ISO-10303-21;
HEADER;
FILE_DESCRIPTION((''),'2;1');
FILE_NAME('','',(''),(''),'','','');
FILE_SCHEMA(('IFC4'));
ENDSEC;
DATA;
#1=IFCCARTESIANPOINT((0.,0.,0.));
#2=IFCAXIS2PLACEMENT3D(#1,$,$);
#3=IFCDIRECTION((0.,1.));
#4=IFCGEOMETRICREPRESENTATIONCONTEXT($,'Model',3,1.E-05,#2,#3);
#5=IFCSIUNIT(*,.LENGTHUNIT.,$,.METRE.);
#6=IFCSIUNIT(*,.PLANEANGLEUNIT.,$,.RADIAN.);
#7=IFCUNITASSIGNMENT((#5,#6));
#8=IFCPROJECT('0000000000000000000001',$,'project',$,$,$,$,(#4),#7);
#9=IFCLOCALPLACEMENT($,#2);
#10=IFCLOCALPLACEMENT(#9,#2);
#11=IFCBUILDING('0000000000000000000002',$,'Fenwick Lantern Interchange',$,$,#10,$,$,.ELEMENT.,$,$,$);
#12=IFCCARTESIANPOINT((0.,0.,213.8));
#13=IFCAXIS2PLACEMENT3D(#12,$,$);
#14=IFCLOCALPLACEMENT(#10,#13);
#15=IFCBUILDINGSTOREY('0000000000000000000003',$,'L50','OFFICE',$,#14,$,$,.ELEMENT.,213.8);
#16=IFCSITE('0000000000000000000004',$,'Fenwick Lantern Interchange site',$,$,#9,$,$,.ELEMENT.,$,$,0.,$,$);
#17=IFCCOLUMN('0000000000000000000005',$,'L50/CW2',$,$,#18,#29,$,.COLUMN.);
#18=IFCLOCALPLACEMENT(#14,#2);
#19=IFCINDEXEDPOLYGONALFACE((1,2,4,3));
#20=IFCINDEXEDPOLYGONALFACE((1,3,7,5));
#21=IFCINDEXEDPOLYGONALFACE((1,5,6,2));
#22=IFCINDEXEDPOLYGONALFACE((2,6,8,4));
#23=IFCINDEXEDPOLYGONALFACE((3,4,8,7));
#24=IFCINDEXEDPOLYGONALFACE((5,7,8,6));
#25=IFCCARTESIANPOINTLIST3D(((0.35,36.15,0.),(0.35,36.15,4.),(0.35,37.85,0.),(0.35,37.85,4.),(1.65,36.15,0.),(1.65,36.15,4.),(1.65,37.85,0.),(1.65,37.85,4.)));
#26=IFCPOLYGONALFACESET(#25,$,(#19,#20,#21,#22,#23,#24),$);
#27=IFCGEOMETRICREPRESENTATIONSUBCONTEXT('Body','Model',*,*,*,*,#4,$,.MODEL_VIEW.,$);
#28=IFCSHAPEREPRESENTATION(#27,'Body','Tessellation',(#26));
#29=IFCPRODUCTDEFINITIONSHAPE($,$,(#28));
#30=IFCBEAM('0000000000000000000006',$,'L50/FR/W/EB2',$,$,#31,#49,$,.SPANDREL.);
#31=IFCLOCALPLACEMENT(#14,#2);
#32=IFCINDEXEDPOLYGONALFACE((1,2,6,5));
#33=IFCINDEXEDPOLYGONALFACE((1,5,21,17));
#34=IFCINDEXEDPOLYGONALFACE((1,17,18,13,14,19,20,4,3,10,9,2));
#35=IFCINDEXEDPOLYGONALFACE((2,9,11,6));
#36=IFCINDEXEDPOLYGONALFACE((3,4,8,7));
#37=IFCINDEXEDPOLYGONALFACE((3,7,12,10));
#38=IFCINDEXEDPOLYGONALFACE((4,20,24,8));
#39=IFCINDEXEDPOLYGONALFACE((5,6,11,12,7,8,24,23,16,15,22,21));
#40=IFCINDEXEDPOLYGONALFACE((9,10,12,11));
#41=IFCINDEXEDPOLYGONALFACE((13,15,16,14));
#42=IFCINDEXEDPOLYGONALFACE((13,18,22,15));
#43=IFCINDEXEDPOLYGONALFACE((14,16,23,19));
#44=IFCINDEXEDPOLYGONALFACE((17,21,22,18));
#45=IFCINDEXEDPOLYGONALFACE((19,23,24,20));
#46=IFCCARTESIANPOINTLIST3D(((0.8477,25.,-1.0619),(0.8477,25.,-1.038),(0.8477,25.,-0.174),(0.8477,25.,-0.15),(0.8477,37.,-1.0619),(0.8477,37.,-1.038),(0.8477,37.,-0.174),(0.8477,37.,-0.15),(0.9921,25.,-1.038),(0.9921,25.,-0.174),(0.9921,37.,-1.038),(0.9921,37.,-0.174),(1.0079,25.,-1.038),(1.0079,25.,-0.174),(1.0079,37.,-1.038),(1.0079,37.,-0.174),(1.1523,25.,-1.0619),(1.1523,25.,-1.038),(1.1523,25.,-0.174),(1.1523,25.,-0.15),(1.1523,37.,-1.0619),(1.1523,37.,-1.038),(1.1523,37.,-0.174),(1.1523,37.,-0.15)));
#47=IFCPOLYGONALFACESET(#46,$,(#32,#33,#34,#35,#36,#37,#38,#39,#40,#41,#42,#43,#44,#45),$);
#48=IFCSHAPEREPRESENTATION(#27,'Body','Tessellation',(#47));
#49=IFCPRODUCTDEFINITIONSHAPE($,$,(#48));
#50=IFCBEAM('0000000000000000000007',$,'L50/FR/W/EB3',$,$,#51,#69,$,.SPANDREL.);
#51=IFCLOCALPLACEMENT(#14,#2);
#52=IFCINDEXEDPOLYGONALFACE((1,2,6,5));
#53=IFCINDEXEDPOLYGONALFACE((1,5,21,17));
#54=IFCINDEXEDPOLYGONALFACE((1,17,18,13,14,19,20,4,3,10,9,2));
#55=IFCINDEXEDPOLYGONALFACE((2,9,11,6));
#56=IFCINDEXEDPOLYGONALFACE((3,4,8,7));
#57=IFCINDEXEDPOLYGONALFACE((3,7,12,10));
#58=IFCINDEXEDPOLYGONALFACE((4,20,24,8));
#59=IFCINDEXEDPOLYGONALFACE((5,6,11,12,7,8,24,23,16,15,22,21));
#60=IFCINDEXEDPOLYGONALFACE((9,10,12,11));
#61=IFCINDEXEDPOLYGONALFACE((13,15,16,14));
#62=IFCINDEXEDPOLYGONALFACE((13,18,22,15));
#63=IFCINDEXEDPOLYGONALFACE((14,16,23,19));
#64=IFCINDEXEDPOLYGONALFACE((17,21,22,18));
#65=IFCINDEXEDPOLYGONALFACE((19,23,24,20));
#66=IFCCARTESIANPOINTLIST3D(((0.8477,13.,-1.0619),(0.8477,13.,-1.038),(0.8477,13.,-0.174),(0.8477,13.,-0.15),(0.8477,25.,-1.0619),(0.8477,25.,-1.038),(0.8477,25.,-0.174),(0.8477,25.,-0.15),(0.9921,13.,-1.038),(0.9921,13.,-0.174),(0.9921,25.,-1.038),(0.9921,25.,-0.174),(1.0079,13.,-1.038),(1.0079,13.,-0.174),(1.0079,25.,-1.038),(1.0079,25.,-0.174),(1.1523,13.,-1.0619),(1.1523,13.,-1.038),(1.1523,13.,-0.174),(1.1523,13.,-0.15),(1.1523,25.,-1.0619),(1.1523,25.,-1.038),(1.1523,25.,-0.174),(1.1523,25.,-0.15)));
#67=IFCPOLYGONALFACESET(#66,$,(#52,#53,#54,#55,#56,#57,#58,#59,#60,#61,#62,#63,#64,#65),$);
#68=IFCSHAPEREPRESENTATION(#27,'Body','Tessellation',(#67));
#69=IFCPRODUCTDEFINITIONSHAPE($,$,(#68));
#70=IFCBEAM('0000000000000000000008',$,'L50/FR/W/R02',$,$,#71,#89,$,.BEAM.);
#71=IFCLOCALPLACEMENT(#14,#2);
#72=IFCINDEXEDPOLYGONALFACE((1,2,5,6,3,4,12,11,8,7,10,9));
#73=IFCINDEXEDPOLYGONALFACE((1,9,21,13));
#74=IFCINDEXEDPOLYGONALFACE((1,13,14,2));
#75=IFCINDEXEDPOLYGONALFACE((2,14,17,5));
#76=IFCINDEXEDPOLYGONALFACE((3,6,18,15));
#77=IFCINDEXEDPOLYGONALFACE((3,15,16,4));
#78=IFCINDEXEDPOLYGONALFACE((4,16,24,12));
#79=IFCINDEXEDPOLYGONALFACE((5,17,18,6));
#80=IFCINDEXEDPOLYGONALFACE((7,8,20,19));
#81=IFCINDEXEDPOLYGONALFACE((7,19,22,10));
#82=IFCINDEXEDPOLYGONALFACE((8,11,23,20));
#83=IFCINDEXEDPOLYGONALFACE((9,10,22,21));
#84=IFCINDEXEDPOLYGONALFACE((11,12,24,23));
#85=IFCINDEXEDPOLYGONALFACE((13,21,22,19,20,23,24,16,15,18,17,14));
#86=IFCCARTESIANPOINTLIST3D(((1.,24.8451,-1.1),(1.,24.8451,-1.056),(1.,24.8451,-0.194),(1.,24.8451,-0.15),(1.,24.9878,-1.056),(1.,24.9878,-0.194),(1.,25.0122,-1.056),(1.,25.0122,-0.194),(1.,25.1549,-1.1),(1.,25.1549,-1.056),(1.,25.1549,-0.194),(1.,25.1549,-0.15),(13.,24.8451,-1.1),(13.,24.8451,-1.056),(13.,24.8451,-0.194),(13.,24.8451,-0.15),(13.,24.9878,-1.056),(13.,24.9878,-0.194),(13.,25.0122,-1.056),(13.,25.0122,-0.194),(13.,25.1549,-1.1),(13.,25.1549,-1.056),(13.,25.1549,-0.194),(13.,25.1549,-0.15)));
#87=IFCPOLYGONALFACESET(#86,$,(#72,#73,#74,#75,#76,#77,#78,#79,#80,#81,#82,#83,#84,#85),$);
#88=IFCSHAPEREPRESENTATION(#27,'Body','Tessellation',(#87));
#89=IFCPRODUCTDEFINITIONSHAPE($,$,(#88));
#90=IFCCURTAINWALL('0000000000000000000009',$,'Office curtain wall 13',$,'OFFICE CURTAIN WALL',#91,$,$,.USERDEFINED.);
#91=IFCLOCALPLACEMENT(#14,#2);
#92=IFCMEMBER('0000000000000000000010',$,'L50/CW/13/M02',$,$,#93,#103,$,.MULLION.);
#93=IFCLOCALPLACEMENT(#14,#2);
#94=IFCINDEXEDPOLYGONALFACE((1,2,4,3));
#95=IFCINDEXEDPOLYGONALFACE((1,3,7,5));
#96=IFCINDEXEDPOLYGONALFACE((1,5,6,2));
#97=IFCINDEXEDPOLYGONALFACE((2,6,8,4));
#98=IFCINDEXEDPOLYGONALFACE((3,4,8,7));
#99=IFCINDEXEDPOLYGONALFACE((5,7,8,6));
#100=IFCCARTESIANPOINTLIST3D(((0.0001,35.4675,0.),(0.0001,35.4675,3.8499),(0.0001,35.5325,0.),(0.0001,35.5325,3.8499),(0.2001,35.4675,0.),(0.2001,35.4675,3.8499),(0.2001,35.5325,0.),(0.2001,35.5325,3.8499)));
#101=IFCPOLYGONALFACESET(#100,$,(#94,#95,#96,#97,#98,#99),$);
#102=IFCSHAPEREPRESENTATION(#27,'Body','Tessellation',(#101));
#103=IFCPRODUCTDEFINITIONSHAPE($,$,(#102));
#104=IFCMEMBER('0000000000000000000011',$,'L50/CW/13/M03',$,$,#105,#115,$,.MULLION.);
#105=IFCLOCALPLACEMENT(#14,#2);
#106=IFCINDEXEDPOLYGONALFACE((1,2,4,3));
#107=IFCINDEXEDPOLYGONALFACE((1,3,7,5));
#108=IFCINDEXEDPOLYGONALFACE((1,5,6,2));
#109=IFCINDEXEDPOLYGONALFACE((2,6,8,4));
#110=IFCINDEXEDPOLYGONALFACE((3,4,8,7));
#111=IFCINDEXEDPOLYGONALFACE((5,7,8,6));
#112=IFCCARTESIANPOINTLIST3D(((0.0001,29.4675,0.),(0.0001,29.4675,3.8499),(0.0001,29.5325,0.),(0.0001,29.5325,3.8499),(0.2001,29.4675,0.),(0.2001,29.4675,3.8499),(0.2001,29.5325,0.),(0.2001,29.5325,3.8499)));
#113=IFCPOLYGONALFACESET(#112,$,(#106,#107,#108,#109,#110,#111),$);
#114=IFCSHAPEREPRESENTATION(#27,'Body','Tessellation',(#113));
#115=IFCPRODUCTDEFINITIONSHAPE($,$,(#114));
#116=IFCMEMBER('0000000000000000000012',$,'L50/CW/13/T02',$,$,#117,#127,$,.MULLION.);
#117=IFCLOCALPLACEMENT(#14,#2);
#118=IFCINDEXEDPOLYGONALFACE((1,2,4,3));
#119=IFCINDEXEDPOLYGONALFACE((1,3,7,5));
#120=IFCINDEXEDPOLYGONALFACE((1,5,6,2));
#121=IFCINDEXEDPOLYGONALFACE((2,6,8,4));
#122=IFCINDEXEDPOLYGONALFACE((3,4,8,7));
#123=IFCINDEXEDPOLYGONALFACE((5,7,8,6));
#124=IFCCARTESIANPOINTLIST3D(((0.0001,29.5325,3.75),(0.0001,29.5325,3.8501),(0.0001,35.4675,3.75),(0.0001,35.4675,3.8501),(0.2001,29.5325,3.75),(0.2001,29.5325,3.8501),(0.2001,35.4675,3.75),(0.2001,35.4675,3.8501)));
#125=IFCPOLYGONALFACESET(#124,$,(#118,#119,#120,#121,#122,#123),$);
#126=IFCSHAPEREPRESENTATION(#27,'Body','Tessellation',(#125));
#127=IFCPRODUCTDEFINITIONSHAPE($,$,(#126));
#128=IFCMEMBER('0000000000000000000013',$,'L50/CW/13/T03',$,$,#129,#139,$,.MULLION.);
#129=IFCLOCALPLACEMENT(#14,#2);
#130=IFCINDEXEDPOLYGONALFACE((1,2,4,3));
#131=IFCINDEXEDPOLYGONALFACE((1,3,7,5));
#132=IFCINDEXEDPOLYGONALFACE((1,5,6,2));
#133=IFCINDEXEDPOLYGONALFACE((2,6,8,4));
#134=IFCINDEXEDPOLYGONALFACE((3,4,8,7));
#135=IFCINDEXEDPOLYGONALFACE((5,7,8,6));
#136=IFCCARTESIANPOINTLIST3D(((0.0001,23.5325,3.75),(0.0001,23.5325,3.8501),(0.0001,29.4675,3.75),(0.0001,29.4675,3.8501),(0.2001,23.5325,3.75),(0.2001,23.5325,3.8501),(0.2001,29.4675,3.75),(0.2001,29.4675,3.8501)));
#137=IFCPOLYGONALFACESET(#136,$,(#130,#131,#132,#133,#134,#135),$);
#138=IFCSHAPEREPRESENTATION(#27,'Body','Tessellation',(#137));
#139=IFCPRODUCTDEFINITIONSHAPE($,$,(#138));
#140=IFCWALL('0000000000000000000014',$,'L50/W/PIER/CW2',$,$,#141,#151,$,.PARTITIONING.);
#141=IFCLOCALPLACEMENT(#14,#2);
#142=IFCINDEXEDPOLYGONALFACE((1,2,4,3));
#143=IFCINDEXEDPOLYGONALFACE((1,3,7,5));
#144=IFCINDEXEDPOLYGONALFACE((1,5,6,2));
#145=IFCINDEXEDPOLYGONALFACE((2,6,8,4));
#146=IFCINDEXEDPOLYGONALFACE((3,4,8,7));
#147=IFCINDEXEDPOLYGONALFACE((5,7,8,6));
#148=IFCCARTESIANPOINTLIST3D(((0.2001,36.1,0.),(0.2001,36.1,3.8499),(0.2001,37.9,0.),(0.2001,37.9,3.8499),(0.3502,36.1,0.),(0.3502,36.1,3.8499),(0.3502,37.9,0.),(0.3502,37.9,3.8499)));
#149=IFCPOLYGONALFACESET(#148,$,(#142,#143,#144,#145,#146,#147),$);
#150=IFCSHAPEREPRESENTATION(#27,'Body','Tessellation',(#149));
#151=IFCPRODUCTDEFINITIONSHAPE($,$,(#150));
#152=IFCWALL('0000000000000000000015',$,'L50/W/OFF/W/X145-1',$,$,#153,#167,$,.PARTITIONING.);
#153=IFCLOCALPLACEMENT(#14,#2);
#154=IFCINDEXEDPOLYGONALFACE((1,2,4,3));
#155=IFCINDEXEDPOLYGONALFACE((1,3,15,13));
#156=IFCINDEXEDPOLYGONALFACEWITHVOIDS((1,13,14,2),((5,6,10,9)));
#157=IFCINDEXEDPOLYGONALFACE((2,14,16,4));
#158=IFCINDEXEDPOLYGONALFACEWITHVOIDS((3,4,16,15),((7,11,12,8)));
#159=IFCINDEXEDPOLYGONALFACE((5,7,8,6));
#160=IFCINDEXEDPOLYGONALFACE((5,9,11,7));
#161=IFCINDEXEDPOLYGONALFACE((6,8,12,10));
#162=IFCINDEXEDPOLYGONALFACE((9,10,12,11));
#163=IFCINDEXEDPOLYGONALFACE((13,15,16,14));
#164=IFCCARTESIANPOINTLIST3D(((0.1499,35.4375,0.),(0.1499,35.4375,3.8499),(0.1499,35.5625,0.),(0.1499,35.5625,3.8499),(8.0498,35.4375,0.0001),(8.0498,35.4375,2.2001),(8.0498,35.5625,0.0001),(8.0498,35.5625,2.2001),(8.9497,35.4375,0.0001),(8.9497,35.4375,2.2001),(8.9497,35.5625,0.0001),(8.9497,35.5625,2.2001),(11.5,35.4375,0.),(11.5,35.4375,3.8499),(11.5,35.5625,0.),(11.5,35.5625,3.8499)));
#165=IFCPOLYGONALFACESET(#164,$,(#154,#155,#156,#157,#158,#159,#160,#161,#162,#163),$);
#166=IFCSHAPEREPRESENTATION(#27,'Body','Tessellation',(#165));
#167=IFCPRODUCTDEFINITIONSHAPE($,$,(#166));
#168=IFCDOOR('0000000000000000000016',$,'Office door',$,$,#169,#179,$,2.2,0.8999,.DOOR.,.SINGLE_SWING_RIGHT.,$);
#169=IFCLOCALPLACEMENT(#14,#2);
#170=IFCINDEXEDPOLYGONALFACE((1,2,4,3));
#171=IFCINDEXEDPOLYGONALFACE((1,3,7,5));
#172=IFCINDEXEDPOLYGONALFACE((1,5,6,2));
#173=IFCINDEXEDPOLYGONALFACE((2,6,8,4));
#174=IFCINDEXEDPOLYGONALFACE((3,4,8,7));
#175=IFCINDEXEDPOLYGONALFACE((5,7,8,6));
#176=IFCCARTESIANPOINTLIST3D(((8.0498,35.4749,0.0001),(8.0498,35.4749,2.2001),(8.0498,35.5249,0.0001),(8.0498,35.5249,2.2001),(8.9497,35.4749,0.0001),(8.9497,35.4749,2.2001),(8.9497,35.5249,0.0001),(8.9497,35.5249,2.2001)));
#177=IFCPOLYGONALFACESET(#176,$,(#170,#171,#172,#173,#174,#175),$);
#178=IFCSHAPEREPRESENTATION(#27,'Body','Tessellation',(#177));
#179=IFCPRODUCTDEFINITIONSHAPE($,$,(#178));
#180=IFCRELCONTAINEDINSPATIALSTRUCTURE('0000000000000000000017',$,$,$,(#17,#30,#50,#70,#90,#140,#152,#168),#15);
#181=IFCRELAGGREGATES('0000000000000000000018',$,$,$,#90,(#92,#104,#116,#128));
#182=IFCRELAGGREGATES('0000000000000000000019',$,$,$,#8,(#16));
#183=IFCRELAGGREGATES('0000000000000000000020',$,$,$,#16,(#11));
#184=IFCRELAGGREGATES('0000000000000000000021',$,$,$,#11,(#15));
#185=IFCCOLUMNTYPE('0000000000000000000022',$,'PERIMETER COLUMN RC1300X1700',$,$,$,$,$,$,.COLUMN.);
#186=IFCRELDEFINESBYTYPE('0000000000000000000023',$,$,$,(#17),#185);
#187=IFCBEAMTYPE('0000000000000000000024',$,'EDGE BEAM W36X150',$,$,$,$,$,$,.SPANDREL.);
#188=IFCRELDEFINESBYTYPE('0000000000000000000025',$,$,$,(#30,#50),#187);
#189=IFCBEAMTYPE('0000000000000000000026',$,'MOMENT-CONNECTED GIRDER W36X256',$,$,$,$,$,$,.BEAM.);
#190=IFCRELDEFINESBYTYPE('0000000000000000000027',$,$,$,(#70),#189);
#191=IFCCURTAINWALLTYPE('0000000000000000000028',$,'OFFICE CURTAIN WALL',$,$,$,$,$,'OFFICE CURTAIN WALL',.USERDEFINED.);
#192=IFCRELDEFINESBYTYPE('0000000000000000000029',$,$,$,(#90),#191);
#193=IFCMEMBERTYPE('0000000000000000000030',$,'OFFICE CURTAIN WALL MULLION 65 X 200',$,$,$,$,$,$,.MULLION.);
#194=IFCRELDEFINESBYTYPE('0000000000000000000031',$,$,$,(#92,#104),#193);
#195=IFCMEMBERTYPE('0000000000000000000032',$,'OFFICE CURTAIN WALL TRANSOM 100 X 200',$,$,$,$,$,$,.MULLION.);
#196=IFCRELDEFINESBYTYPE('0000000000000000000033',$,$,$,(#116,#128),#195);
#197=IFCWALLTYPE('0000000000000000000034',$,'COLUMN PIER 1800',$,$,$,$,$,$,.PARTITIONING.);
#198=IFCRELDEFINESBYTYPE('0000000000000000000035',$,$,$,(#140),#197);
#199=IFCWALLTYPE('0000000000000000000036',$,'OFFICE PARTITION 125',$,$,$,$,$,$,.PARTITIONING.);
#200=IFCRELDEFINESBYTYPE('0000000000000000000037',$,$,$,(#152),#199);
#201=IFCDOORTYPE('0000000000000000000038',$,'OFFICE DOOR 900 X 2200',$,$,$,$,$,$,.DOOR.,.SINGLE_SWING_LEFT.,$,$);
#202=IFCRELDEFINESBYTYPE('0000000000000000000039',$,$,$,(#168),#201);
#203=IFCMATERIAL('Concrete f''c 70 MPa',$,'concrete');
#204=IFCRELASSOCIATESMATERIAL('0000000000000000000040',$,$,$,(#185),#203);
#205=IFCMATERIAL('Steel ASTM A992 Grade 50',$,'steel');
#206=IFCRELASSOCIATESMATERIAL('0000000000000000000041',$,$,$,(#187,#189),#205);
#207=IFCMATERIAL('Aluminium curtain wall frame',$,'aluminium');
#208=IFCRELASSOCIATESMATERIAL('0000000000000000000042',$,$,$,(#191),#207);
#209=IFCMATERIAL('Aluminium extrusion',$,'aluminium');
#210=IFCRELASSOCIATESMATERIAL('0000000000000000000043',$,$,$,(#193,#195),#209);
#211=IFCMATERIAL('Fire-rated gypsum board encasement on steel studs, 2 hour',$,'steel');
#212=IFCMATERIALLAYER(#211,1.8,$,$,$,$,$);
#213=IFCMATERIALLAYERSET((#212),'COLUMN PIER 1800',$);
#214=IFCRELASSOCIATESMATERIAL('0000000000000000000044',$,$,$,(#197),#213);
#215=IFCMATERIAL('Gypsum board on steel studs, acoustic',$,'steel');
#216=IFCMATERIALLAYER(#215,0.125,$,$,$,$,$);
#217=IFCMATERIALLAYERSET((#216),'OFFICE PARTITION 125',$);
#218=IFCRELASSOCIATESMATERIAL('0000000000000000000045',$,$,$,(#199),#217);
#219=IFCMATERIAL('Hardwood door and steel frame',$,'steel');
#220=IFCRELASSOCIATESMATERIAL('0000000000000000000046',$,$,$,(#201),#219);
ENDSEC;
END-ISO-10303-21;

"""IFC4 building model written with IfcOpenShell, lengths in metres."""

from ifc_helpers import new_model, si_unit, direction, frame, frame_2d, origin, origin_2d, place, context, subcontext, project, spatial, rectangle, i_section, extrude, material, layer, layer_set, material_profile, profile_set, type_object, element, fill, aggregate, save


model = new_model("IFC4")

# Units and contexts
model_context = context("Model", 3, precision=1e-05, world=origin(), true_north=direction((0.0, 1.0)))
body_context = subcontext(model_context, "Body", "Model", "MODEL_VIEW")
ifc_project = project(units=[si_unit("LENGTHUNIT", "METRE"), si_unit("PLANEANGLEUNIT", "RADIAN")], contexts=[model_context])

# Site, building, storey
site_placement = place(None, origin())
site = spatial("IfcSite", under=ifc_project, at=site_placement, Name="Fenwick Lantern Interchange site", CompositionType="ELEMENT", RefElevation=0.0)
building_placement = place(site_placement, origin())
building = spatial("IfcBuilding", under=site, at=building_placement, Name="Fenwick Lantern Interchange", CompositionType="ELEMENT")
storey_placement = place(building_placement, frame((0.0, 0.0, 213.8)))
storey = spatial("IfcBuildingStorey", under=building, at=storey_placement, Name="L50", Description="OFFICE", CompositionType="ELEMENT", Elevation=213.8)

# Column
ifc_material_1 = material(Name="Concrete f'c 70 MPa", Category="concrete")
ifc_material_profile_1 = material_profile(ifc_material_1, rectangle(XDim=1.3, YDim=1.7, at=origin_2d()), Name="RC1300X1700")
ifc_profile_set_1 = profile_set([ifc_material_profile_1], Name="Concrete f'c 70 MPa")
column_type = type_object("IfcColumnType", Name="PERIMETER COLUMN RC1300X1700", PredefinedType="COLUMN", material=ifc_profile_set_1)
column_placement = place(storey_placement, frame((1.0, 37.0, 0.0), z_axis=(0.0, 0.0, 1.0), x_axis=(1.0, 0.0, 0.0)))
element("IfcColumn", 1, at=column_placement, inside=storey, type_object=column_type, Name="L50/CW2", PredefinedType="COLUMN", context=body_context, shape_type="SweptSolid", body=[
    extrude(rectangle(XDim=1.3, YDim=1.7, at=origin_2d()), origin(), (0.0, 0.0, 1.0), 4.0),
])

# Beams
ifc_material_2 = material(Name="Steel ASTM A992 Grade 50", Category="steel")
ifc_material_profile_2 = material_profile(ifc_material_2, i_section(OverallWidth=0.3047, OverallDepth=0.9119, WebThickness=0.0159, FlangeThickness=0.0239, at=origin_2d()), Name="W36X150")
ifc_profile_set_2 = profile_set([ifc_material_profile_2], Name="Steel ASTM A992 Grade 50")
beam_type_1 = type_object("IfcBeamType", Name="EDGE BEAM W36X150", PredefinedType="SPANDREL", material=ifc_profile_set_2)
for number, where, z_axis, x_axis, name in (
    (2, (1.0, 37.0, -0.606), (0.0, -1.0, 0.0), (1.0, 0.0, 0.0), "L50/FR/W/EB2"),
    (3, (1.0, 25.0, -0.606), (0.0, -1.0, 0.0), (1.0, 0.0, 0.0), "L50/FR/W/EB3"),
):
    element("IfcBeam", number, at=place(storey_placement, frame(where, z_axis=z_axis, x_axis=x_axis)), inside=storey, type_object=beam_type_1, Name=name, PredefinedType="SPANDREL", context=body_context, shape_type="SweptSolid", body=[
        extrude(i_section(OverallWidth=0.3047, OverallDepth=0.9119, WebThickness=0.0159, FlangeThickness=0.0239, at=origin_2d()), origin(), (0.0, 0.0, 1.0), 12.0),
    ])
ifc_material_profile_3 = material_profile(ifc_material_2, i_section(OverallWidth=0.3098, OverallDepth=0.95, WebThickness=0.0244, FlangeThickness=0.0439, at=origin_2d()), Name="W36X256")
ifc_profile_set_3 = profile_set([ifc_material_profile_3], Name="Steel ASTM A992 Grade 50")
beam_type_2 = type_object("IfcBeamType", Name="MOMENT-CONNECTED GIRDER W36X256", PredefinedType="BEAM", material=ifc_profile_set_3)
beam_placement = place(storey_placement, frame((1.0, 25.0, -0.625), z_axis=(1.0, 0.0, 0.0), x_axis=(0.0, 1.0, 0.0)))
element("IfcBeam", 4, at=beam_placement, inside=storey, type_object=beam_type_2, Name="L50/FR/W/R02", PredefinedType="BEAM", context=body_context, shape_type="SweptSolid", body=[
    extrude(i_section(OverallWidth=0.3098, OverallDepth=0.95, WebThickness=0.0244, FlangeThickness=0.0439, at=origin_2d()), origin(), (0.0, 0.0, 1.0), 12.0),
])

# Curtain wall, members
ifc_material_3 = material(Name="Aluminium curtain wall frame", Category="aluminium")
curtain_wall_type = type_object("IfcCurtainWallType", Name="OFFICE CURTAIN WALL", ElementType="OFFICE CURTAIN WALL", PredefinedType="USERDEFINED", material=ifc_material_3)
curtain_wall_placement = place(storey_placement, origin())
curtain_wall = element("IfcCurtainWall", 5, at=curtain_wall_placement, inside=storey, type_object=curtain_wall_type, Name="Office curtain wall 13", ObjectType="OFFICE CURTAIN WALL", PredefinedType="USERDEFINED")
ifc_material_4 = material(Name="Aluminium extrusion", Category="aluminium")
ifc_material_profile_4 = material_profile(ifc_material_4, rectangle(XDim=0.2, YDim=0.0649, at=origin_2d()), Name="OFFICE CURTAIN WALL MULLION 65 X 200")
ifc_profile_set_4 = profile_set([ifc_material_profile_4], Name="Aluminium extrusion")
member_type_1 = type_object("IfcMemberType", Name="OFFICE CURTAIN WALL MULLION 65 X 200", PredefinedType="MULLION", material=ifc_profile_set_4)
member_1_placement = place(storey_placement, frame((0.1001, 35.5, 0.0), z_axis=(0.0, 0.0, 1.0), x_axis=(1.0, 0.0, 0.0)))
member_1 = element("IfcMember", 6, at=member_1_placement, type_object=member_type_1, Name="L50/CW/13/M02", PredefinedType="MULLION", context=body_context, shape_type="SweptSolid", body=[
    extrude(rectangle(XDim=0.2, YDim=0.0649, at=origin_2d()), origin(), (0.0, 0.0, 1.0), 3.8499),
])
member_2_placement = place(storey_placement, frame((0.1001, 29.5, 0.0), z_axis=(0.0, 0.0, 1.0), x_axis=(1.0, 0.0, 0.0)))
member_2 = element("IfcMember", 7, at=member_2_placement, type_object=member_type_1, Name="L50/CW/13/M03", PredefinedType="MULLION", context=body_context, shape_type="SweptSolid", body=[
    extrude(rectangle(XDim=0.2, YDim=0.0649, at=origin_2d()), origin(), (0.0, 0.0, 1.0), 3.8499),
])
ifc_material_profile_5 = material_profile(ifc_material_4, rectangle(XDim=0.2, YDim=0.1001, at=origin_2d()), Name="OFFICE CURTAIN WALL TRANSOM 100 X 200")
ifc_profile_set_5 = profile_set([ifc_material_profile_5], Name="Aluminium extrusion")
member_type_2 = type_object("IfcMemberType", Name="OFFICE CURTAIN WALL TRANSOM 100 X 200", PredefinedType="MULLION", material=ifc_profile_set_5)
member_3_placement = place(storey_placement, frame((0.1001, 35.4675, 3.8), z_axis=(0.0, -1.0, 0.0), x_axis=(1.0, 0.0, 0.0)))
member_3 = element("IfcMember", 8, at=member_3_placement, type_object=member_type_2, Name="L50/CW/13/T02", PredefinedType="MULLION", context=body_context, shape_type="SweptSolid", body=[
    extrude(rectangle(XDim=0.2, YDim=0.1001, at=origin_2d()), origin(), (0.0, 0.0, 1.0), 5.9351),
])
member_4_placement = place(storey_placement, frame((0.1001, 29.4675, 3.8), z_axis=(0.0, -1.0, 0.0), x_axis=(1.0, 0.0, 0.0)))
member_4 = element("IfcMember", 9, at=member_4_placement, type_object=member_type_2, Name="L50/CW/13/T03", PredefinedType="MULLION", context=body_context, shape_type="SweptSolid", body=[
    extrude(rectangle(XDim=0.2, YDim=0.1001, at=origin_2d()), origin(), (0.0, 0.0, 1.0), 5.9351),
])
aggregate(curtain_wall, [member_1, member_2, member_3, member_4])

# Wall
ifc_material_5 = material(Name="Fire-rated gypsum board encasement on steel studs, 2 hour", Category="steel")
ifc_layer_1 = layer(ifc_material_5, 1.8)
ifc_layer_set_1 = layer_set([ifc_layer_1], Name="COLUMN PIER 1800")
wall_type_1 = type_object("IfcWallType", Name="COLUMN PIER 1800", PredefinedType="PARTITIONING", material=ifc_layer_set_1)
wall_1_placement = place(storey_placement, frame((0.2, 37.0, 0.0), z_axis=(0.0, 0.0, 1.0), x_axis=(1.0, 0.0, 0.0)))
element("IfcWall", 10, at=wall_1_placement, inside=storey, type_object=wall_type_1, Name="L50/W/PIER/CW2", PredefinedType="PARTITIONING", context=body_context, shape_type="SweptSolid", body=[
    extrude(rectangle(XDim=0.1501, YDim=1.8, at=frame_2d((0.0752, 0.0))), origin(), (0.0, 0.0, 1.0), 3.8499),
])

# Shared definitions
ifc_material_6 = material(Name="Hardwood door and steel frame", Category="steel")

# Wall, opening, door
ifc_material_7 = material(Name="Gypsum board on steel studs, acoustic", Category="steel")
ifc_layer_2 = layer(ifc_material_7, 0.125)
ifc_layer_set_2 = layer_set([ifc_layer_2], Name="OFFICE PARTITION 125")
wall_type_2 = type_object("IfcWallType", Name="OFFICE PARTITION 125", PredefinedType="PARTITIONING", material=ifc_layer_set_2)
wall_2_placement = place(storey_placement, frame((0.1499, 35.5, 0.0), z_axis=(0.0, 0.0, 1.0), x_axis=(1.0, 0.0, 0.0)))
wall_2 = element("IfcWall", 11, at=wall_2_placement, inside=storey, type_object=wall_type_2, Name="L50/W/OFF/W/X145-1", PredefinedType="PARTITIONING", context=body_context, shape_type="SweptSolid", body=[
    extrude(rectangle(XDim=11.3501, YDim=0.125, at=frame_2d((5.675, 0.0))), origin(), (0.0, 0.0, 1.0), 3.8499),
])
opening_1_placement = place(wall_2_placement, frame((7.8999, 0.0, 0.0)))
opening_1 = element("IfcOpeningElement", 12, at=opening_1_placement, cuts=wall_2, PredefinedType="OPENING", context=body_context, shape_type="SweptSolid", body=[
    extrude(rectangle(XDim=0.8999, YDim=2.2, at=frame_2d((0.45, 1.1001))), frame((0.0, 0.0725, 0.0), z_axis=(0.0, -1.0, 0.0), x_axis=(1.0, 0.0, 0.0)), (0.0, 0.0, 1.0), 0.145),
])
door_type_1 = type_object("IfcDoorType", Name="OFFICE DOOR 900 X 2200", OperationType="SINGLE_SWING_LEFT", PredefinedType="DOOR", material=ifc_material_6)
door_1_placement = place(opening_1_placement, origin())
door_1 = element("IfcDoor", 13, at=door_1_placement, inside=storey, type_object=door_type_1, Name="Office door", OperationType="SINGLE_SWING_RIGHT", OverallHeight=2.2, OverallWidth=0.8999, PredefinedType="DOOR", context=body_context, shape_type="SweptSolid", body=[
    extrude(rectangle(XDim=0.8999, YDim=2.2, at=frame_2d((0.45, 1.1001))), frame((0.0, 0.0249, 0.0), z_axis=(0.0, -1.0, 0.0), x_axis=(1.0, 0.0, 0.0)), (0.0, 0.0, 1.0), 0.05),
])
fill(opening_1, door_1)

save(model, "model.ifc")
